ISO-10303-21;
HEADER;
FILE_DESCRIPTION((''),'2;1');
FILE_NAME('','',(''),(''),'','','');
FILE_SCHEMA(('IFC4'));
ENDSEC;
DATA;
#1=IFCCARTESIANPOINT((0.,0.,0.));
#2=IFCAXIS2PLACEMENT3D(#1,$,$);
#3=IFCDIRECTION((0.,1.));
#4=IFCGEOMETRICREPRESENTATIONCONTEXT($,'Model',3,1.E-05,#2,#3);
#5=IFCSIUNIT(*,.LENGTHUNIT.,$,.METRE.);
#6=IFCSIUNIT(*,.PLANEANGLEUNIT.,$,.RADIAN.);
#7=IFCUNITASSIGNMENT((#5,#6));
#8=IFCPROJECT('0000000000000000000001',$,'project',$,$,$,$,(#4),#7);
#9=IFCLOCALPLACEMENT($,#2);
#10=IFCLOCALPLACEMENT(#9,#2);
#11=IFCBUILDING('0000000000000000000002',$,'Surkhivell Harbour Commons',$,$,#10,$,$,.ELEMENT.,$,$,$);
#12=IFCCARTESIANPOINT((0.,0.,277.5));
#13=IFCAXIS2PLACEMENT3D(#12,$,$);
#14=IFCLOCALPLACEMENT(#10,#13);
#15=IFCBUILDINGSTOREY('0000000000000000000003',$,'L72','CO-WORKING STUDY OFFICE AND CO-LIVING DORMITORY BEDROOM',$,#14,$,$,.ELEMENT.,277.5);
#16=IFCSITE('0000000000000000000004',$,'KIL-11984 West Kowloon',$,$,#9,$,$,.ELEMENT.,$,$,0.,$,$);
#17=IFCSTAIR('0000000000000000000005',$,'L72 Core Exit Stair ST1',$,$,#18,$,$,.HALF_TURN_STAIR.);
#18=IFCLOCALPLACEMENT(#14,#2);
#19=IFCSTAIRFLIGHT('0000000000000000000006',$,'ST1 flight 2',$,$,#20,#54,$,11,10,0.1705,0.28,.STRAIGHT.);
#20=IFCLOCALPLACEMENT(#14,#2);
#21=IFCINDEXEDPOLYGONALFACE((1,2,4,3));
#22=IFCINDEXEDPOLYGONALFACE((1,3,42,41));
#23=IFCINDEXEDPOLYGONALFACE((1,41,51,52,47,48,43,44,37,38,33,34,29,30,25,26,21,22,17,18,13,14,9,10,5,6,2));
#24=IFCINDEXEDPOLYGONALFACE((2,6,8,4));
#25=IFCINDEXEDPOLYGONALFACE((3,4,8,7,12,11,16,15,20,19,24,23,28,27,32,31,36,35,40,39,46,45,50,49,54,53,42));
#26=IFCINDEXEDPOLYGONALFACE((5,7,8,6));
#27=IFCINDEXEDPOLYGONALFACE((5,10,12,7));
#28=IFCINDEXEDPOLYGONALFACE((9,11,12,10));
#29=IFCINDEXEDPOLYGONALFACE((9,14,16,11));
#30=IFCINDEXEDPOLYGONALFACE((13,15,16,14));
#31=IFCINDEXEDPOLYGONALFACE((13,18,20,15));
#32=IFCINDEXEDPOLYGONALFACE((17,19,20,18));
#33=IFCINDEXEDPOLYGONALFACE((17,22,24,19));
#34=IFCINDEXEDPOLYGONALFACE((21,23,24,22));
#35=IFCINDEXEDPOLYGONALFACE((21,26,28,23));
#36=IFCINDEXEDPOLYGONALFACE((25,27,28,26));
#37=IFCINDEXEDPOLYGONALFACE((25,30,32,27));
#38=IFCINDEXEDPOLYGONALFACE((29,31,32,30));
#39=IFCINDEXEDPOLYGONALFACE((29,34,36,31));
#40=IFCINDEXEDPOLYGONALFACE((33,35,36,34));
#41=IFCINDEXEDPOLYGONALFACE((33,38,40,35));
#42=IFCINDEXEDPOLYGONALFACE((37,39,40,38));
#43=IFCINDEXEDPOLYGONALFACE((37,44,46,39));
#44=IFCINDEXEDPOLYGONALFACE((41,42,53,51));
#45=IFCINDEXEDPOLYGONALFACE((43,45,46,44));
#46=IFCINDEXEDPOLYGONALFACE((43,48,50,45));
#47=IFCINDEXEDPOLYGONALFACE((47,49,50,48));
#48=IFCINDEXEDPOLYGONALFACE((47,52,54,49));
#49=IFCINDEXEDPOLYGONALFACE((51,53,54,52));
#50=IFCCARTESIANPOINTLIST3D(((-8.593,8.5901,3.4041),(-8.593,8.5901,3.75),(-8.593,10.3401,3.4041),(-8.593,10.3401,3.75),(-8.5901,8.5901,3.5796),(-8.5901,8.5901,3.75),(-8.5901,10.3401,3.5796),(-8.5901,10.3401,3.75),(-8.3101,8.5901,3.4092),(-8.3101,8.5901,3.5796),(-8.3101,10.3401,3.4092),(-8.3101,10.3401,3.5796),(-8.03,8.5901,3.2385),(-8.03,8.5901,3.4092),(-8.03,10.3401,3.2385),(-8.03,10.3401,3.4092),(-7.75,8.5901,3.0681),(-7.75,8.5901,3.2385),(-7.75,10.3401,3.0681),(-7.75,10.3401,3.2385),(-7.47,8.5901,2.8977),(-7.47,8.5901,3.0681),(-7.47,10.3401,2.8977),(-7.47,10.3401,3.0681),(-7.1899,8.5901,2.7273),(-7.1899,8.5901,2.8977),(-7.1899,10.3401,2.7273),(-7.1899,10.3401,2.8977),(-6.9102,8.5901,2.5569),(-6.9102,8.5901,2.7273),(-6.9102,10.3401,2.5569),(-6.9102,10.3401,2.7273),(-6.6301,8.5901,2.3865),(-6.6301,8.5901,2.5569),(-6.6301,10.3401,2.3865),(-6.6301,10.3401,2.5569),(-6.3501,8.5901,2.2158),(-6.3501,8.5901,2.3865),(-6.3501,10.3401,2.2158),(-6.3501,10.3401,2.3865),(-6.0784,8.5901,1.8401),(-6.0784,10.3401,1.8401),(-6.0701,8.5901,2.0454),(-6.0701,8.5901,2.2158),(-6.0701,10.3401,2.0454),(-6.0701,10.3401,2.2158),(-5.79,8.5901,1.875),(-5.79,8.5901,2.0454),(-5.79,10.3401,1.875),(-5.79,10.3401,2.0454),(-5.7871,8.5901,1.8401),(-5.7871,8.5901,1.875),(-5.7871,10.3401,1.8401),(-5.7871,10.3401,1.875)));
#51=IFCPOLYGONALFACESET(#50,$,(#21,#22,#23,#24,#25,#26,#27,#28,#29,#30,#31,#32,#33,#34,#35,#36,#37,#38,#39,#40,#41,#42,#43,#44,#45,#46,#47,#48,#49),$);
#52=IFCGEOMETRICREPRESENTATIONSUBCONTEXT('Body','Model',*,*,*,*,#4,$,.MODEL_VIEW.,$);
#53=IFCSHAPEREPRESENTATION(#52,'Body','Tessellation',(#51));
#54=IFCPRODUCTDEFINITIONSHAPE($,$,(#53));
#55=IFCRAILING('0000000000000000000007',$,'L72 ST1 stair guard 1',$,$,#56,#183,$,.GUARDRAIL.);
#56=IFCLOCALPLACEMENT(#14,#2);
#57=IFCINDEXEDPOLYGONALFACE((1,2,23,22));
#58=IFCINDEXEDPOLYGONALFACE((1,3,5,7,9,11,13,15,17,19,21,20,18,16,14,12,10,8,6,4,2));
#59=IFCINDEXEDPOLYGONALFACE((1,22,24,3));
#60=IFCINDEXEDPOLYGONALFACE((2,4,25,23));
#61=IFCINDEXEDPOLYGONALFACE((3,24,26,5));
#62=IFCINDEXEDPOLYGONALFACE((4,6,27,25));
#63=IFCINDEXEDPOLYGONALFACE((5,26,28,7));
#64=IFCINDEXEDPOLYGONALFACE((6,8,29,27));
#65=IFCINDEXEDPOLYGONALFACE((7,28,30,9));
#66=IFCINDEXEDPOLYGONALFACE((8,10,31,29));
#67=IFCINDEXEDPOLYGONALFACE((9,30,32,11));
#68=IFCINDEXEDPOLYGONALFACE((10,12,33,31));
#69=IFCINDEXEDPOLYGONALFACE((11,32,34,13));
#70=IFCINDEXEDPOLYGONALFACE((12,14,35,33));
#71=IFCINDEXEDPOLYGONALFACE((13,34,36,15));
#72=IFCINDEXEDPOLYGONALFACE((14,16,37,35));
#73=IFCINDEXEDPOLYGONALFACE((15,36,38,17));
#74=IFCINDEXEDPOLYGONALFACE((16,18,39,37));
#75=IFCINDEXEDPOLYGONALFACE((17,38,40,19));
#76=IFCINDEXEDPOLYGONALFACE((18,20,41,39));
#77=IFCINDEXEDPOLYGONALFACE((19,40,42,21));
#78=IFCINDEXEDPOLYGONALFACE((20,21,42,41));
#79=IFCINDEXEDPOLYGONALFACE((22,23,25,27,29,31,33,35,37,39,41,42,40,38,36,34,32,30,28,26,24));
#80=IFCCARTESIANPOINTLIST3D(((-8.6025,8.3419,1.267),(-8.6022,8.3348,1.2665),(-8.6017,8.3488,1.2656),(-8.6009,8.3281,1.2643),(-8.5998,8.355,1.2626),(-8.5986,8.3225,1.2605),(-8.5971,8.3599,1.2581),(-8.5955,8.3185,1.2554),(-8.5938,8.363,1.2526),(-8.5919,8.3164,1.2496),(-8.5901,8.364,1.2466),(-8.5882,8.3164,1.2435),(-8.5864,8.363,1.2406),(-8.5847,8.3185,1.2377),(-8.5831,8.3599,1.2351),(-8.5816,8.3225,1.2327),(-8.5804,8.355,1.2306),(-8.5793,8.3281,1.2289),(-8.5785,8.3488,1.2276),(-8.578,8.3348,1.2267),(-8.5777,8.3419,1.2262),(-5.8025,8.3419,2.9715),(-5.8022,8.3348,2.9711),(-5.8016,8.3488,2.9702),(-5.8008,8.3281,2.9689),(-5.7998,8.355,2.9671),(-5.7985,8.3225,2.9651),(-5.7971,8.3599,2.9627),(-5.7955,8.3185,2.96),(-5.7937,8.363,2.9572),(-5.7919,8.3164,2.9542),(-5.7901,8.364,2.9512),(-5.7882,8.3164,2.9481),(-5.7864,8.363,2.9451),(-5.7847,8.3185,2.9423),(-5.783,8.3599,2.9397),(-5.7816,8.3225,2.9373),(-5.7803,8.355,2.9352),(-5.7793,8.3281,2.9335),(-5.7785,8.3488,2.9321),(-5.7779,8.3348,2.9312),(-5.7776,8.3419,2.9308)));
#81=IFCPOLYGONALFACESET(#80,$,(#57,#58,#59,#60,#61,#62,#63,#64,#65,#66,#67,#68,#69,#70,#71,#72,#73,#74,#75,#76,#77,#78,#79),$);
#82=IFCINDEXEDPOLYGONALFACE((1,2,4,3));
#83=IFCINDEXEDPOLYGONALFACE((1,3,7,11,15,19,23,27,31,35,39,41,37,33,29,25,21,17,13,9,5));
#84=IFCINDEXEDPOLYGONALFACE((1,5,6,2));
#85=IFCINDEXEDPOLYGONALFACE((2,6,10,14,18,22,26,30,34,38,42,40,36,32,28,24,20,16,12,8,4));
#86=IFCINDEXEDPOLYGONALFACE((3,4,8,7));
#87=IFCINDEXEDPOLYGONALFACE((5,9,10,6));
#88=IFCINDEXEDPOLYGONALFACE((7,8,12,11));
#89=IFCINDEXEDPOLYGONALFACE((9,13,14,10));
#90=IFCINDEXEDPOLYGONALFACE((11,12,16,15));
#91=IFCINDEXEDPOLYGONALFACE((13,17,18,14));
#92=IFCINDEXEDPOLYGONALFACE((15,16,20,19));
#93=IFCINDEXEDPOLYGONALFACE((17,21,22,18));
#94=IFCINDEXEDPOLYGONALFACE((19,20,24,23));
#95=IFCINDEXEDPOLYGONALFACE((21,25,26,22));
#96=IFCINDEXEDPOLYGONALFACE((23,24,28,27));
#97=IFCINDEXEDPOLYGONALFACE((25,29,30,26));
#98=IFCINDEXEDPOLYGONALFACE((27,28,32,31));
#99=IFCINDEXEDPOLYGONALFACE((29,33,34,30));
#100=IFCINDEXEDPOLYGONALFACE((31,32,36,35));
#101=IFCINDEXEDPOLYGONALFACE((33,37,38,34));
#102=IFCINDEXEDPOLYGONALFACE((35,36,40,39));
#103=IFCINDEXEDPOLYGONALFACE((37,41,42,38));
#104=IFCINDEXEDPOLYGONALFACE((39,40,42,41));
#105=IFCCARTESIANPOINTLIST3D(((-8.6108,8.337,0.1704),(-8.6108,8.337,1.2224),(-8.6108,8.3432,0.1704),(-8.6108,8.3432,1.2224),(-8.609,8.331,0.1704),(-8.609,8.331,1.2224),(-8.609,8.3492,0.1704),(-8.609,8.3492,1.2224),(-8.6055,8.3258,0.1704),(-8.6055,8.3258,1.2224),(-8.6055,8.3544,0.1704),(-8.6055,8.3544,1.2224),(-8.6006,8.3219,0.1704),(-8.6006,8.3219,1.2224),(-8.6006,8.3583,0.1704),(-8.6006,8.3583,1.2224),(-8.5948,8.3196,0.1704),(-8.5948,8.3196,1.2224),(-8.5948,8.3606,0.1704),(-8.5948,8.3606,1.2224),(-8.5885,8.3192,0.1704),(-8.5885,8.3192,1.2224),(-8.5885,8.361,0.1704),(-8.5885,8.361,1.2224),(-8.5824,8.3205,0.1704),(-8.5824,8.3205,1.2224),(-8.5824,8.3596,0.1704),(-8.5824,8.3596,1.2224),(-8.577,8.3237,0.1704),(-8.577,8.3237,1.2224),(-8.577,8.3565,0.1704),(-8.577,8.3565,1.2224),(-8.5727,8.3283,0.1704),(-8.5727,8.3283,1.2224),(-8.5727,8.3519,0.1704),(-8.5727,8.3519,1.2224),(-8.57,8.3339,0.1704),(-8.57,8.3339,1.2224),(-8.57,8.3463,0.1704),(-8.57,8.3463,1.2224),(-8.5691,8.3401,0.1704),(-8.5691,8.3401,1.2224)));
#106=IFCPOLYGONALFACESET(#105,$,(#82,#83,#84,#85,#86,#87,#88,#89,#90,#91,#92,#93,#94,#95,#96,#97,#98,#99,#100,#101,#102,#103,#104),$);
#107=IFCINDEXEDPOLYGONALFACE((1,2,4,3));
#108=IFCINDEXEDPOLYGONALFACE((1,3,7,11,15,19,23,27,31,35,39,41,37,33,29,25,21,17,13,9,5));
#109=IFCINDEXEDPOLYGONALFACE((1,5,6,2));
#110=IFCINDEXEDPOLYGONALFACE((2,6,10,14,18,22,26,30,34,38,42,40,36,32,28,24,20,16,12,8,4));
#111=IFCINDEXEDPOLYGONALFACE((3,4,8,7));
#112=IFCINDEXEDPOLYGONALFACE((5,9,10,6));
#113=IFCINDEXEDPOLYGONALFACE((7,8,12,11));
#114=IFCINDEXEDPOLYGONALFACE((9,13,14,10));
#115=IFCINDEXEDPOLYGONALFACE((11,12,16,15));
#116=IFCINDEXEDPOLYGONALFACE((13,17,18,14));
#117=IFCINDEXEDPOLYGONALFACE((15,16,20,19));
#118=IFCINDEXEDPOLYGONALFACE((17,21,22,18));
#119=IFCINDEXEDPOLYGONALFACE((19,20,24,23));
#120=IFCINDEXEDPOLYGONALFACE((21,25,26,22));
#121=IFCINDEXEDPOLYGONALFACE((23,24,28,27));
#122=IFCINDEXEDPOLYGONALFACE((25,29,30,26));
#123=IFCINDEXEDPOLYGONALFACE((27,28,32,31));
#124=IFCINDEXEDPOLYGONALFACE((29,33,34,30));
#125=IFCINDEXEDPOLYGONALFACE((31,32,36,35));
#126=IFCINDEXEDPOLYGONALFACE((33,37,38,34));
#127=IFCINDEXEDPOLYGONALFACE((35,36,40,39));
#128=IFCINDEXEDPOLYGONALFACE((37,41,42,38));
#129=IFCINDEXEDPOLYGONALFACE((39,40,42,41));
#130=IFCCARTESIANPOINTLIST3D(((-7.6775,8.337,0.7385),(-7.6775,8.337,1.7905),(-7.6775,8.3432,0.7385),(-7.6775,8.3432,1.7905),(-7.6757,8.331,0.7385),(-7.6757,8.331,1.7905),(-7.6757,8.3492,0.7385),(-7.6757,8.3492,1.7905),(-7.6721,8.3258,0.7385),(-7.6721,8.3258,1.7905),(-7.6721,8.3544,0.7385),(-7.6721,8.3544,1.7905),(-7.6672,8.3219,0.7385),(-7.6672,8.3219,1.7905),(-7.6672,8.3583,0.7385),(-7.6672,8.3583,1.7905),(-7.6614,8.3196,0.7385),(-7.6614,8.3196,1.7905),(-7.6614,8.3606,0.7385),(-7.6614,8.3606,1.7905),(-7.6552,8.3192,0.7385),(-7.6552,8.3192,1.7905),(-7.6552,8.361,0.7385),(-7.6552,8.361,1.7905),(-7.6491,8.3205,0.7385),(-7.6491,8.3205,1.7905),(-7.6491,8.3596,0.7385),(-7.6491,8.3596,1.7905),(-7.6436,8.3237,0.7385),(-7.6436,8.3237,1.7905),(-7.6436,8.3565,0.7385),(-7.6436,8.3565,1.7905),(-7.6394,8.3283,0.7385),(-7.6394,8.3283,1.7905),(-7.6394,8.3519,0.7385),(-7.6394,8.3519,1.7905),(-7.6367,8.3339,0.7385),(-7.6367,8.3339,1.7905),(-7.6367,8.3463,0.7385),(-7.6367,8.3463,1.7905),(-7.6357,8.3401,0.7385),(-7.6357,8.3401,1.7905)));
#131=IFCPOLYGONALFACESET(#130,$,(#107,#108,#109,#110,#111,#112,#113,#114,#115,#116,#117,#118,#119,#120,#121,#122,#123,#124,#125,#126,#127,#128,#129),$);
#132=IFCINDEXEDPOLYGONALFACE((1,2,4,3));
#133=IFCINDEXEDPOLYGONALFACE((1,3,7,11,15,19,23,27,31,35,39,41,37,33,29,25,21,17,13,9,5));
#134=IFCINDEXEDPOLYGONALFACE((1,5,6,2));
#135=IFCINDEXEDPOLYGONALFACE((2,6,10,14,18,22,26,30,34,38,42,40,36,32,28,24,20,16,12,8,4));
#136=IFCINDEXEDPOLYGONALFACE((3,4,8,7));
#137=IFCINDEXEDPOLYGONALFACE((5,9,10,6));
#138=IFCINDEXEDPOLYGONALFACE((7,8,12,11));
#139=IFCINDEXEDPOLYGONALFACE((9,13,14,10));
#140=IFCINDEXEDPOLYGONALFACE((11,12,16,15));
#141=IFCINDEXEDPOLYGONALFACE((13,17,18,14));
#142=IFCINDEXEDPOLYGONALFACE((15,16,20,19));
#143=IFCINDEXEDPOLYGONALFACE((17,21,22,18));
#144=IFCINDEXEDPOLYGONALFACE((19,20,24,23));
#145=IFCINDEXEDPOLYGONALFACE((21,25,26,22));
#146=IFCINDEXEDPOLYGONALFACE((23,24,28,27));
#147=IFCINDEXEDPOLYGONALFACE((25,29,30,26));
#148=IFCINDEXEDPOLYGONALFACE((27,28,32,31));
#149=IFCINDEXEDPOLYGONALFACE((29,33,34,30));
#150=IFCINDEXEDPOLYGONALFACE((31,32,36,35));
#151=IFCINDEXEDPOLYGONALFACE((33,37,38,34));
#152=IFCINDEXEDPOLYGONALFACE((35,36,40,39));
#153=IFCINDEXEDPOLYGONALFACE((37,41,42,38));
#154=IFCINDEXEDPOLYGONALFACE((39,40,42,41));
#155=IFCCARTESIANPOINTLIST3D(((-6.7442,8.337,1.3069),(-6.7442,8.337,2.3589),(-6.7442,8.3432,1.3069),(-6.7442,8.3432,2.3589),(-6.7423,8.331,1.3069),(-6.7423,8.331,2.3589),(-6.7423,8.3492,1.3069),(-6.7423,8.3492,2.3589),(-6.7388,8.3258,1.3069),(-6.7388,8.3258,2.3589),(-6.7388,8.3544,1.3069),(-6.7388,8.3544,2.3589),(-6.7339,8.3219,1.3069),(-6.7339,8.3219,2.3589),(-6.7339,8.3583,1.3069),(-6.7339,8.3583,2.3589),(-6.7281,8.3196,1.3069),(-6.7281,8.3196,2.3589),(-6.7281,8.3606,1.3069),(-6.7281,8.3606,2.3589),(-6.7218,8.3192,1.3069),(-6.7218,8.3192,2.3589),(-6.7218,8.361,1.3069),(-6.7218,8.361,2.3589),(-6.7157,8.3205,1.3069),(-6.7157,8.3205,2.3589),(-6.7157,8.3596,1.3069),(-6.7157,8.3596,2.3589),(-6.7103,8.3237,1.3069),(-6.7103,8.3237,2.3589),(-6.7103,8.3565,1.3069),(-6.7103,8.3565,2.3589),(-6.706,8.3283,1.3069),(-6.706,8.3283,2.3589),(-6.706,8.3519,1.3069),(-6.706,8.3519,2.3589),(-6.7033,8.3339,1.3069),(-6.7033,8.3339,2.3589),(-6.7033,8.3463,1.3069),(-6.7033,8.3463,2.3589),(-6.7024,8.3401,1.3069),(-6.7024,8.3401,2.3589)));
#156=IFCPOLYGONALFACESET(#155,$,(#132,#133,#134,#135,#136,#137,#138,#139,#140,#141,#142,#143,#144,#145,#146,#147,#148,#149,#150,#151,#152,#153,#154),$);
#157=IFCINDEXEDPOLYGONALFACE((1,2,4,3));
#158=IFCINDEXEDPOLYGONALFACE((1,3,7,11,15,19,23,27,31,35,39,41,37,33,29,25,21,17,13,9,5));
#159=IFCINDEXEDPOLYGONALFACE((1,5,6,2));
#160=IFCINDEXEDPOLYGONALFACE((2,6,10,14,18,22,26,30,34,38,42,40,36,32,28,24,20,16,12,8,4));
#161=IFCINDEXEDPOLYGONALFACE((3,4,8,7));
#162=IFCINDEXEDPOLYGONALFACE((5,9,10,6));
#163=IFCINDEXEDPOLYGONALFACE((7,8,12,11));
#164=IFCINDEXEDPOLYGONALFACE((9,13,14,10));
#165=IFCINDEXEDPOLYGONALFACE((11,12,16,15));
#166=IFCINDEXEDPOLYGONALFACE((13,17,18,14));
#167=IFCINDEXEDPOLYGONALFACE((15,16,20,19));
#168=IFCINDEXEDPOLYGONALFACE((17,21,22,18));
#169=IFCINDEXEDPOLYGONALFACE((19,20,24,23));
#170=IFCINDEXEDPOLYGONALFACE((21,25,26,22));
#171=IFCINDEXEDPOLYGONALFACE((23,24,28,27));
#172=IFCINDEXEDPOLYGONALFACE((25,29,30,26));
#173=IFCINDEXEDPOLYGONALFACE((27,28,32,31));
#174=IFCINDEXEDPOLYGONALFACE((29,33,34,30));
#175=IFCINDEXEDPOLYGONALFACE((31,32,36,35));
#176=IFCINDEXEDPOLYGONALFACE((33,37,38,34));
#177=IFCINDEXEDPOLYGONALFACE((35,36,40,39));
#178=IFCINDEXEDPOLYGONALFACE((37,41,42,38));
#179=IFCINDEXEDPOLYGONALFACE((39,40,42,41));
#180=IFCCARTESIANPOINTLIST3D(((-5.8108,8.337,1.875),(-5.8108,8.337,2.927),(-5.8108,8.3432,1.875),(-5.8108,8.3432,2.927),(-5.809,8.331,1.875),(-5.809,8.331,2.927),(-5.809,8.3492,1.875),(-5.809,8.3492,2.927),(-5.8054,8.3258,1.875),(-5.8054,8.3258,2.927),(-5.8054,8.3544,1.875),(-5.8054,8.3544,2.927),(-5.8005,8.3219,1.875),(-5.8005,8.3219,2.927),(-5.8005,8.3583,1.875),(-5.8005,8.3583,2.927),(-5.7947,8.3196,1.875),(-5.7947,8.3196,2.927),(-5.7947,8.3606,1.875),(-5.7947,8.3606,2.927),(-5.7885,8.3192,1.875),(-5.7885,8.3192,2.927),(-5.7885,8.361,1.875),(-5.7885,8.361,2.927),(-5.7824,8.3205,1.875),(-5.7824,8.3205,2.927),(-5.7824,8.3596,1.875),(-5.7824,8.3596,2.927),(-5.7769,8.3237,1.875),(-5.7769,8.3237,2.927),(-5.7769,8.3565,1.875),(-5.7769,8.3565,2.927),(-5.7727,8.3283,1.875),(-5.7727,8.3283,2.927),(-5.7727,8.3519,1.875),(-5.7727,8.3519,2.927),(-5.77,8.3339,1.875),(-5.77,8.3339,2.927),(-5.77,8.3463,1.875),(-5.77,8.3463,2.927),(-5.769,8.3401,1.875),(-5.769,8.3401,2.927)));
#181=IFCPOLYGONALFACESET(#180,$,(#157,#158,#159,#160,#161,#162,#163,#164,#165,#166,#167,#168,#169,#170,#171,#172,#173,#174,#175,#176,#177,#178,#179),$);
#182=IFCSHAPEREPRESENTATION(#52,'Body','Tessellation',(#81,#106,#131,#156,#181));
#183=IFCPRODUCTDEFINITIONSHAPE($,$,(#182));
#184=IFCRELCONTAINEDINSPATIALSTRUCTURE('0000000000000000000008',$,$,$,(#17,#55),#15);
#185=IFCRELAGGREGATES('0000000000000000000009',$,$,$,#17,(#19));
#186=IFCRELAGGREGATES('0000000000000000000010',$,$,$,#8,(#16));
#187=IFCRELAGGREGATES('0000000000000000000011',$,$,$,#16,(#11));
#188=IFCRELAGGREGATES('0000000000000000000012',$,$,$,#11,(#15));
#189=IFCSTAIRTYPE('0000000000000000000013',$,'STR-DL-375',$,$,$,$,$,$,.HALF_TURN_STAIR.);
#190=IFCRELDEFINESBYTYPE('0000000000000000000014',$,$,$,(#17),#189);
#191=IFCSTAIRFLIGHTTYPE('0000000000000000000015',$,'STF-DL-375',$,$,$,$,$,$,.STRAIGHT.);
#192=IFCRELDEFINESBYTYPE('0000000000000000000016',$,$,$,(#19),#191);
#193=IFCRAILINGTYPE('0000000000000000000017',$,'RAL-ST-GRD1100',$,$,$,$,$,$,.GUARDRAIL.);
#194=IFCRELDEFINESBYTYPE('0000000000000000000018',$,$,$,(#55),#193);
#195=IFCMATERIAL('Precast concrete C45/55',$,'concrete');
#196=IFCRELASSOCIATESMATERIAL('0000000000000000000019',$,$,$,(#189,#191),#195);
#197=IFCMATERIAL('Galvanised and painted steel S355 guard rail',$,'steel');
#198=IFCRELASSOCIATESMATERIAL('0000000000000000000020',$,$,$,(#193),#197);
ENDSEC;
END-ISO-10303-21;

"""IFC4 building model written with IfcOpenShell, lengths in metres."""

from ifc_helpers import new_model, si_unit, direction, frame, origin, origin_2d, place, context, subcontext, project, spatial, polyline, circle, outline, extrude, material, type_object, element, aggregate, save


model = new_model("IFC4")

# Units and contexts
model_context = context("Model", 3, precision=1e-05, world=origin(), true_north=direction((0.0, 1.0)))
body_context = subcontext(model_context, "Body", "Model", "MODEL_VIEW")
ifc_project = project(units=[si_unit("LENGTHUNIT", "METRE"), si_unit("PLANEANGLEUNIT", "RADIAN")], contexts=[model_context])

# Site, building, storey
site_placement = place(None, origin())
site = spatial("IfcSite", under=ifc_project, at=site_placement, Name="KIL-11984 West Kowloon", CompositionType="ELEMENT", RefElevation=0.0)
building_placement = place(site_placement, origin())
building = spatial("IfcBuilding", under=site, at=building_placement, Name="Surkhivell Harbour Commons", CompositionType="ELEMENT")
storey_placement = place(building_placement, frame((0.0, 0.0, 277.5)))
storey = spatial("IfcBuildingStorey", under=building, at=storey_placement, Name="L72", Description="CO-WORKING STUDY OFFICE AND CO-LIVING DORMITORY BEDROOM", CompositionType="ELEMENT", Elevation=277.5)

# Stair, stair flight
ifc_material_1 = material(Name="Precast concrete C45/55", Category="concrete")
stair_type = type_object("IfcStairType", Name="STR-DL-375", PredefinedType="HALF_TURN_STAIR", material=ifc_material_1)
stair_placement = place(storey_placement, origin())
stair = element("IfcStair", 1, at=stair_placement, inside=storey, type_object=stair_type, Name="L72 Core Exit Stair ST1", PredefinedType="HALF_TURN_STAIR")
stair_flight_type = type_object("IfcStairFlightType", Name="STF-DL-375", PredefinedType="STRAIGHT", material=ifc_material_1)
stair_flight_1_placement = place(storey_placement, frame((-5.79, 9.4651, 1.875), z_axis=(0.0, 0.0, 1.0), x_axis=(-1.0, 0.0, 0.0)))
stair_flight_1 = element("IfcStairFlight", 2, at=stair_flight_1_placement, type_object=stair_flight_type, Name="ST1 flight 2", NumberOfRisers=11, NumberOfTreads=10, PredefinedType="STRAIGHT", RiserHeight=0.1705, TreadLength=0.28, context=body_context, shape_type="SweptSolid", body=[
    extrude(outline(polyline([(-0.0029, -0.0349), (-0.0029, 0.0), (0.0, 0.0), (0.0, 0.1704), (0.28, 0.1704), (0.28, 0.3408), (0.5601, 0.3408), (0.5601, 0.5115), (0.8401, 0.5115), (0.8401, 0.6819), (1.1201, 0.6819), (1.1201, 0.8523), (1.3999, 0.8523), (1.3999, 1.0227), (1.6799, 1.0227), (1.6799, 1.1931), (1.96, 1.1931), (1.96, 1.3635), (2.24, 1.3635), (2.24, 1.5342), (2.52, 1.5342), (2.52, 1.7046), (2.8, 1.7046), (2.8, 1.875), (2.803, 1.875), (2.803, 1.5291), (0.2883, -0.0349), (-0.0029, -0.0349)])), frame((0.0, 0.875, 0.0), z_axis=(0.0, -1.0, 0.0), x_axis=(1.0, 0.0, 0.0)), (0.0, 0.0, 1.0), 1.75),
])
aggregate(stair, [stair_flight_1])

# Railing
ifc_material_2 = material(Name="Galvanised and painted steel S355 guard rail", Category="steel")
railing_type_1 = type_object("IfcRailingType", Name="RAL-ST-GRD1100", PredefinedType="GUARDRAIL", material=ifc_material_2)
railing_1_placement = place(storey_placement, frame((-8.5901, 8.3401, 0.1704)))
element("IfcRailing", 3, at=railing_1_placement, inside=storey, type_object=railing_type_1, Name="L72 ST1 stair guard 1", PredefinedType="GUARDRAIL", context=body_context, shape_type="SweptSolid", body=[
    extrude(circle(Radius=0.0239, at=origin_2d()), frame((0.0, 0.0, 1.0762), z_axis=(0.85417, 0.0, 0.519994), x_axis=(0.0, 1.0, 0.0)), (0.0, 0.0, 1.0), 3.2781),
    extrude(circle(Radius=0.021, at=origin_2d()), origin(), (0.0, 0.0, 1.0), 1.052),
    extrude(circle(Radius=0.021, at=origin_2d()), frame((0.9333, 0.0, 0.5681)), (0.0, 0.0, 1.0), 1.052),
    extrude(circle(Radius=0.021, at=origin_2d()), frame((1.8667, 0.0, 1.1365)), (0.0, 0.0, 1.0), 1.052),
    extrude(circle(Radius=0.021, at=origin_2d()), frame((2.8, 0.0, 1.7046)), (0.0, 0.0, 1.0), 1.052),
])

save(model, "model.ifc")
